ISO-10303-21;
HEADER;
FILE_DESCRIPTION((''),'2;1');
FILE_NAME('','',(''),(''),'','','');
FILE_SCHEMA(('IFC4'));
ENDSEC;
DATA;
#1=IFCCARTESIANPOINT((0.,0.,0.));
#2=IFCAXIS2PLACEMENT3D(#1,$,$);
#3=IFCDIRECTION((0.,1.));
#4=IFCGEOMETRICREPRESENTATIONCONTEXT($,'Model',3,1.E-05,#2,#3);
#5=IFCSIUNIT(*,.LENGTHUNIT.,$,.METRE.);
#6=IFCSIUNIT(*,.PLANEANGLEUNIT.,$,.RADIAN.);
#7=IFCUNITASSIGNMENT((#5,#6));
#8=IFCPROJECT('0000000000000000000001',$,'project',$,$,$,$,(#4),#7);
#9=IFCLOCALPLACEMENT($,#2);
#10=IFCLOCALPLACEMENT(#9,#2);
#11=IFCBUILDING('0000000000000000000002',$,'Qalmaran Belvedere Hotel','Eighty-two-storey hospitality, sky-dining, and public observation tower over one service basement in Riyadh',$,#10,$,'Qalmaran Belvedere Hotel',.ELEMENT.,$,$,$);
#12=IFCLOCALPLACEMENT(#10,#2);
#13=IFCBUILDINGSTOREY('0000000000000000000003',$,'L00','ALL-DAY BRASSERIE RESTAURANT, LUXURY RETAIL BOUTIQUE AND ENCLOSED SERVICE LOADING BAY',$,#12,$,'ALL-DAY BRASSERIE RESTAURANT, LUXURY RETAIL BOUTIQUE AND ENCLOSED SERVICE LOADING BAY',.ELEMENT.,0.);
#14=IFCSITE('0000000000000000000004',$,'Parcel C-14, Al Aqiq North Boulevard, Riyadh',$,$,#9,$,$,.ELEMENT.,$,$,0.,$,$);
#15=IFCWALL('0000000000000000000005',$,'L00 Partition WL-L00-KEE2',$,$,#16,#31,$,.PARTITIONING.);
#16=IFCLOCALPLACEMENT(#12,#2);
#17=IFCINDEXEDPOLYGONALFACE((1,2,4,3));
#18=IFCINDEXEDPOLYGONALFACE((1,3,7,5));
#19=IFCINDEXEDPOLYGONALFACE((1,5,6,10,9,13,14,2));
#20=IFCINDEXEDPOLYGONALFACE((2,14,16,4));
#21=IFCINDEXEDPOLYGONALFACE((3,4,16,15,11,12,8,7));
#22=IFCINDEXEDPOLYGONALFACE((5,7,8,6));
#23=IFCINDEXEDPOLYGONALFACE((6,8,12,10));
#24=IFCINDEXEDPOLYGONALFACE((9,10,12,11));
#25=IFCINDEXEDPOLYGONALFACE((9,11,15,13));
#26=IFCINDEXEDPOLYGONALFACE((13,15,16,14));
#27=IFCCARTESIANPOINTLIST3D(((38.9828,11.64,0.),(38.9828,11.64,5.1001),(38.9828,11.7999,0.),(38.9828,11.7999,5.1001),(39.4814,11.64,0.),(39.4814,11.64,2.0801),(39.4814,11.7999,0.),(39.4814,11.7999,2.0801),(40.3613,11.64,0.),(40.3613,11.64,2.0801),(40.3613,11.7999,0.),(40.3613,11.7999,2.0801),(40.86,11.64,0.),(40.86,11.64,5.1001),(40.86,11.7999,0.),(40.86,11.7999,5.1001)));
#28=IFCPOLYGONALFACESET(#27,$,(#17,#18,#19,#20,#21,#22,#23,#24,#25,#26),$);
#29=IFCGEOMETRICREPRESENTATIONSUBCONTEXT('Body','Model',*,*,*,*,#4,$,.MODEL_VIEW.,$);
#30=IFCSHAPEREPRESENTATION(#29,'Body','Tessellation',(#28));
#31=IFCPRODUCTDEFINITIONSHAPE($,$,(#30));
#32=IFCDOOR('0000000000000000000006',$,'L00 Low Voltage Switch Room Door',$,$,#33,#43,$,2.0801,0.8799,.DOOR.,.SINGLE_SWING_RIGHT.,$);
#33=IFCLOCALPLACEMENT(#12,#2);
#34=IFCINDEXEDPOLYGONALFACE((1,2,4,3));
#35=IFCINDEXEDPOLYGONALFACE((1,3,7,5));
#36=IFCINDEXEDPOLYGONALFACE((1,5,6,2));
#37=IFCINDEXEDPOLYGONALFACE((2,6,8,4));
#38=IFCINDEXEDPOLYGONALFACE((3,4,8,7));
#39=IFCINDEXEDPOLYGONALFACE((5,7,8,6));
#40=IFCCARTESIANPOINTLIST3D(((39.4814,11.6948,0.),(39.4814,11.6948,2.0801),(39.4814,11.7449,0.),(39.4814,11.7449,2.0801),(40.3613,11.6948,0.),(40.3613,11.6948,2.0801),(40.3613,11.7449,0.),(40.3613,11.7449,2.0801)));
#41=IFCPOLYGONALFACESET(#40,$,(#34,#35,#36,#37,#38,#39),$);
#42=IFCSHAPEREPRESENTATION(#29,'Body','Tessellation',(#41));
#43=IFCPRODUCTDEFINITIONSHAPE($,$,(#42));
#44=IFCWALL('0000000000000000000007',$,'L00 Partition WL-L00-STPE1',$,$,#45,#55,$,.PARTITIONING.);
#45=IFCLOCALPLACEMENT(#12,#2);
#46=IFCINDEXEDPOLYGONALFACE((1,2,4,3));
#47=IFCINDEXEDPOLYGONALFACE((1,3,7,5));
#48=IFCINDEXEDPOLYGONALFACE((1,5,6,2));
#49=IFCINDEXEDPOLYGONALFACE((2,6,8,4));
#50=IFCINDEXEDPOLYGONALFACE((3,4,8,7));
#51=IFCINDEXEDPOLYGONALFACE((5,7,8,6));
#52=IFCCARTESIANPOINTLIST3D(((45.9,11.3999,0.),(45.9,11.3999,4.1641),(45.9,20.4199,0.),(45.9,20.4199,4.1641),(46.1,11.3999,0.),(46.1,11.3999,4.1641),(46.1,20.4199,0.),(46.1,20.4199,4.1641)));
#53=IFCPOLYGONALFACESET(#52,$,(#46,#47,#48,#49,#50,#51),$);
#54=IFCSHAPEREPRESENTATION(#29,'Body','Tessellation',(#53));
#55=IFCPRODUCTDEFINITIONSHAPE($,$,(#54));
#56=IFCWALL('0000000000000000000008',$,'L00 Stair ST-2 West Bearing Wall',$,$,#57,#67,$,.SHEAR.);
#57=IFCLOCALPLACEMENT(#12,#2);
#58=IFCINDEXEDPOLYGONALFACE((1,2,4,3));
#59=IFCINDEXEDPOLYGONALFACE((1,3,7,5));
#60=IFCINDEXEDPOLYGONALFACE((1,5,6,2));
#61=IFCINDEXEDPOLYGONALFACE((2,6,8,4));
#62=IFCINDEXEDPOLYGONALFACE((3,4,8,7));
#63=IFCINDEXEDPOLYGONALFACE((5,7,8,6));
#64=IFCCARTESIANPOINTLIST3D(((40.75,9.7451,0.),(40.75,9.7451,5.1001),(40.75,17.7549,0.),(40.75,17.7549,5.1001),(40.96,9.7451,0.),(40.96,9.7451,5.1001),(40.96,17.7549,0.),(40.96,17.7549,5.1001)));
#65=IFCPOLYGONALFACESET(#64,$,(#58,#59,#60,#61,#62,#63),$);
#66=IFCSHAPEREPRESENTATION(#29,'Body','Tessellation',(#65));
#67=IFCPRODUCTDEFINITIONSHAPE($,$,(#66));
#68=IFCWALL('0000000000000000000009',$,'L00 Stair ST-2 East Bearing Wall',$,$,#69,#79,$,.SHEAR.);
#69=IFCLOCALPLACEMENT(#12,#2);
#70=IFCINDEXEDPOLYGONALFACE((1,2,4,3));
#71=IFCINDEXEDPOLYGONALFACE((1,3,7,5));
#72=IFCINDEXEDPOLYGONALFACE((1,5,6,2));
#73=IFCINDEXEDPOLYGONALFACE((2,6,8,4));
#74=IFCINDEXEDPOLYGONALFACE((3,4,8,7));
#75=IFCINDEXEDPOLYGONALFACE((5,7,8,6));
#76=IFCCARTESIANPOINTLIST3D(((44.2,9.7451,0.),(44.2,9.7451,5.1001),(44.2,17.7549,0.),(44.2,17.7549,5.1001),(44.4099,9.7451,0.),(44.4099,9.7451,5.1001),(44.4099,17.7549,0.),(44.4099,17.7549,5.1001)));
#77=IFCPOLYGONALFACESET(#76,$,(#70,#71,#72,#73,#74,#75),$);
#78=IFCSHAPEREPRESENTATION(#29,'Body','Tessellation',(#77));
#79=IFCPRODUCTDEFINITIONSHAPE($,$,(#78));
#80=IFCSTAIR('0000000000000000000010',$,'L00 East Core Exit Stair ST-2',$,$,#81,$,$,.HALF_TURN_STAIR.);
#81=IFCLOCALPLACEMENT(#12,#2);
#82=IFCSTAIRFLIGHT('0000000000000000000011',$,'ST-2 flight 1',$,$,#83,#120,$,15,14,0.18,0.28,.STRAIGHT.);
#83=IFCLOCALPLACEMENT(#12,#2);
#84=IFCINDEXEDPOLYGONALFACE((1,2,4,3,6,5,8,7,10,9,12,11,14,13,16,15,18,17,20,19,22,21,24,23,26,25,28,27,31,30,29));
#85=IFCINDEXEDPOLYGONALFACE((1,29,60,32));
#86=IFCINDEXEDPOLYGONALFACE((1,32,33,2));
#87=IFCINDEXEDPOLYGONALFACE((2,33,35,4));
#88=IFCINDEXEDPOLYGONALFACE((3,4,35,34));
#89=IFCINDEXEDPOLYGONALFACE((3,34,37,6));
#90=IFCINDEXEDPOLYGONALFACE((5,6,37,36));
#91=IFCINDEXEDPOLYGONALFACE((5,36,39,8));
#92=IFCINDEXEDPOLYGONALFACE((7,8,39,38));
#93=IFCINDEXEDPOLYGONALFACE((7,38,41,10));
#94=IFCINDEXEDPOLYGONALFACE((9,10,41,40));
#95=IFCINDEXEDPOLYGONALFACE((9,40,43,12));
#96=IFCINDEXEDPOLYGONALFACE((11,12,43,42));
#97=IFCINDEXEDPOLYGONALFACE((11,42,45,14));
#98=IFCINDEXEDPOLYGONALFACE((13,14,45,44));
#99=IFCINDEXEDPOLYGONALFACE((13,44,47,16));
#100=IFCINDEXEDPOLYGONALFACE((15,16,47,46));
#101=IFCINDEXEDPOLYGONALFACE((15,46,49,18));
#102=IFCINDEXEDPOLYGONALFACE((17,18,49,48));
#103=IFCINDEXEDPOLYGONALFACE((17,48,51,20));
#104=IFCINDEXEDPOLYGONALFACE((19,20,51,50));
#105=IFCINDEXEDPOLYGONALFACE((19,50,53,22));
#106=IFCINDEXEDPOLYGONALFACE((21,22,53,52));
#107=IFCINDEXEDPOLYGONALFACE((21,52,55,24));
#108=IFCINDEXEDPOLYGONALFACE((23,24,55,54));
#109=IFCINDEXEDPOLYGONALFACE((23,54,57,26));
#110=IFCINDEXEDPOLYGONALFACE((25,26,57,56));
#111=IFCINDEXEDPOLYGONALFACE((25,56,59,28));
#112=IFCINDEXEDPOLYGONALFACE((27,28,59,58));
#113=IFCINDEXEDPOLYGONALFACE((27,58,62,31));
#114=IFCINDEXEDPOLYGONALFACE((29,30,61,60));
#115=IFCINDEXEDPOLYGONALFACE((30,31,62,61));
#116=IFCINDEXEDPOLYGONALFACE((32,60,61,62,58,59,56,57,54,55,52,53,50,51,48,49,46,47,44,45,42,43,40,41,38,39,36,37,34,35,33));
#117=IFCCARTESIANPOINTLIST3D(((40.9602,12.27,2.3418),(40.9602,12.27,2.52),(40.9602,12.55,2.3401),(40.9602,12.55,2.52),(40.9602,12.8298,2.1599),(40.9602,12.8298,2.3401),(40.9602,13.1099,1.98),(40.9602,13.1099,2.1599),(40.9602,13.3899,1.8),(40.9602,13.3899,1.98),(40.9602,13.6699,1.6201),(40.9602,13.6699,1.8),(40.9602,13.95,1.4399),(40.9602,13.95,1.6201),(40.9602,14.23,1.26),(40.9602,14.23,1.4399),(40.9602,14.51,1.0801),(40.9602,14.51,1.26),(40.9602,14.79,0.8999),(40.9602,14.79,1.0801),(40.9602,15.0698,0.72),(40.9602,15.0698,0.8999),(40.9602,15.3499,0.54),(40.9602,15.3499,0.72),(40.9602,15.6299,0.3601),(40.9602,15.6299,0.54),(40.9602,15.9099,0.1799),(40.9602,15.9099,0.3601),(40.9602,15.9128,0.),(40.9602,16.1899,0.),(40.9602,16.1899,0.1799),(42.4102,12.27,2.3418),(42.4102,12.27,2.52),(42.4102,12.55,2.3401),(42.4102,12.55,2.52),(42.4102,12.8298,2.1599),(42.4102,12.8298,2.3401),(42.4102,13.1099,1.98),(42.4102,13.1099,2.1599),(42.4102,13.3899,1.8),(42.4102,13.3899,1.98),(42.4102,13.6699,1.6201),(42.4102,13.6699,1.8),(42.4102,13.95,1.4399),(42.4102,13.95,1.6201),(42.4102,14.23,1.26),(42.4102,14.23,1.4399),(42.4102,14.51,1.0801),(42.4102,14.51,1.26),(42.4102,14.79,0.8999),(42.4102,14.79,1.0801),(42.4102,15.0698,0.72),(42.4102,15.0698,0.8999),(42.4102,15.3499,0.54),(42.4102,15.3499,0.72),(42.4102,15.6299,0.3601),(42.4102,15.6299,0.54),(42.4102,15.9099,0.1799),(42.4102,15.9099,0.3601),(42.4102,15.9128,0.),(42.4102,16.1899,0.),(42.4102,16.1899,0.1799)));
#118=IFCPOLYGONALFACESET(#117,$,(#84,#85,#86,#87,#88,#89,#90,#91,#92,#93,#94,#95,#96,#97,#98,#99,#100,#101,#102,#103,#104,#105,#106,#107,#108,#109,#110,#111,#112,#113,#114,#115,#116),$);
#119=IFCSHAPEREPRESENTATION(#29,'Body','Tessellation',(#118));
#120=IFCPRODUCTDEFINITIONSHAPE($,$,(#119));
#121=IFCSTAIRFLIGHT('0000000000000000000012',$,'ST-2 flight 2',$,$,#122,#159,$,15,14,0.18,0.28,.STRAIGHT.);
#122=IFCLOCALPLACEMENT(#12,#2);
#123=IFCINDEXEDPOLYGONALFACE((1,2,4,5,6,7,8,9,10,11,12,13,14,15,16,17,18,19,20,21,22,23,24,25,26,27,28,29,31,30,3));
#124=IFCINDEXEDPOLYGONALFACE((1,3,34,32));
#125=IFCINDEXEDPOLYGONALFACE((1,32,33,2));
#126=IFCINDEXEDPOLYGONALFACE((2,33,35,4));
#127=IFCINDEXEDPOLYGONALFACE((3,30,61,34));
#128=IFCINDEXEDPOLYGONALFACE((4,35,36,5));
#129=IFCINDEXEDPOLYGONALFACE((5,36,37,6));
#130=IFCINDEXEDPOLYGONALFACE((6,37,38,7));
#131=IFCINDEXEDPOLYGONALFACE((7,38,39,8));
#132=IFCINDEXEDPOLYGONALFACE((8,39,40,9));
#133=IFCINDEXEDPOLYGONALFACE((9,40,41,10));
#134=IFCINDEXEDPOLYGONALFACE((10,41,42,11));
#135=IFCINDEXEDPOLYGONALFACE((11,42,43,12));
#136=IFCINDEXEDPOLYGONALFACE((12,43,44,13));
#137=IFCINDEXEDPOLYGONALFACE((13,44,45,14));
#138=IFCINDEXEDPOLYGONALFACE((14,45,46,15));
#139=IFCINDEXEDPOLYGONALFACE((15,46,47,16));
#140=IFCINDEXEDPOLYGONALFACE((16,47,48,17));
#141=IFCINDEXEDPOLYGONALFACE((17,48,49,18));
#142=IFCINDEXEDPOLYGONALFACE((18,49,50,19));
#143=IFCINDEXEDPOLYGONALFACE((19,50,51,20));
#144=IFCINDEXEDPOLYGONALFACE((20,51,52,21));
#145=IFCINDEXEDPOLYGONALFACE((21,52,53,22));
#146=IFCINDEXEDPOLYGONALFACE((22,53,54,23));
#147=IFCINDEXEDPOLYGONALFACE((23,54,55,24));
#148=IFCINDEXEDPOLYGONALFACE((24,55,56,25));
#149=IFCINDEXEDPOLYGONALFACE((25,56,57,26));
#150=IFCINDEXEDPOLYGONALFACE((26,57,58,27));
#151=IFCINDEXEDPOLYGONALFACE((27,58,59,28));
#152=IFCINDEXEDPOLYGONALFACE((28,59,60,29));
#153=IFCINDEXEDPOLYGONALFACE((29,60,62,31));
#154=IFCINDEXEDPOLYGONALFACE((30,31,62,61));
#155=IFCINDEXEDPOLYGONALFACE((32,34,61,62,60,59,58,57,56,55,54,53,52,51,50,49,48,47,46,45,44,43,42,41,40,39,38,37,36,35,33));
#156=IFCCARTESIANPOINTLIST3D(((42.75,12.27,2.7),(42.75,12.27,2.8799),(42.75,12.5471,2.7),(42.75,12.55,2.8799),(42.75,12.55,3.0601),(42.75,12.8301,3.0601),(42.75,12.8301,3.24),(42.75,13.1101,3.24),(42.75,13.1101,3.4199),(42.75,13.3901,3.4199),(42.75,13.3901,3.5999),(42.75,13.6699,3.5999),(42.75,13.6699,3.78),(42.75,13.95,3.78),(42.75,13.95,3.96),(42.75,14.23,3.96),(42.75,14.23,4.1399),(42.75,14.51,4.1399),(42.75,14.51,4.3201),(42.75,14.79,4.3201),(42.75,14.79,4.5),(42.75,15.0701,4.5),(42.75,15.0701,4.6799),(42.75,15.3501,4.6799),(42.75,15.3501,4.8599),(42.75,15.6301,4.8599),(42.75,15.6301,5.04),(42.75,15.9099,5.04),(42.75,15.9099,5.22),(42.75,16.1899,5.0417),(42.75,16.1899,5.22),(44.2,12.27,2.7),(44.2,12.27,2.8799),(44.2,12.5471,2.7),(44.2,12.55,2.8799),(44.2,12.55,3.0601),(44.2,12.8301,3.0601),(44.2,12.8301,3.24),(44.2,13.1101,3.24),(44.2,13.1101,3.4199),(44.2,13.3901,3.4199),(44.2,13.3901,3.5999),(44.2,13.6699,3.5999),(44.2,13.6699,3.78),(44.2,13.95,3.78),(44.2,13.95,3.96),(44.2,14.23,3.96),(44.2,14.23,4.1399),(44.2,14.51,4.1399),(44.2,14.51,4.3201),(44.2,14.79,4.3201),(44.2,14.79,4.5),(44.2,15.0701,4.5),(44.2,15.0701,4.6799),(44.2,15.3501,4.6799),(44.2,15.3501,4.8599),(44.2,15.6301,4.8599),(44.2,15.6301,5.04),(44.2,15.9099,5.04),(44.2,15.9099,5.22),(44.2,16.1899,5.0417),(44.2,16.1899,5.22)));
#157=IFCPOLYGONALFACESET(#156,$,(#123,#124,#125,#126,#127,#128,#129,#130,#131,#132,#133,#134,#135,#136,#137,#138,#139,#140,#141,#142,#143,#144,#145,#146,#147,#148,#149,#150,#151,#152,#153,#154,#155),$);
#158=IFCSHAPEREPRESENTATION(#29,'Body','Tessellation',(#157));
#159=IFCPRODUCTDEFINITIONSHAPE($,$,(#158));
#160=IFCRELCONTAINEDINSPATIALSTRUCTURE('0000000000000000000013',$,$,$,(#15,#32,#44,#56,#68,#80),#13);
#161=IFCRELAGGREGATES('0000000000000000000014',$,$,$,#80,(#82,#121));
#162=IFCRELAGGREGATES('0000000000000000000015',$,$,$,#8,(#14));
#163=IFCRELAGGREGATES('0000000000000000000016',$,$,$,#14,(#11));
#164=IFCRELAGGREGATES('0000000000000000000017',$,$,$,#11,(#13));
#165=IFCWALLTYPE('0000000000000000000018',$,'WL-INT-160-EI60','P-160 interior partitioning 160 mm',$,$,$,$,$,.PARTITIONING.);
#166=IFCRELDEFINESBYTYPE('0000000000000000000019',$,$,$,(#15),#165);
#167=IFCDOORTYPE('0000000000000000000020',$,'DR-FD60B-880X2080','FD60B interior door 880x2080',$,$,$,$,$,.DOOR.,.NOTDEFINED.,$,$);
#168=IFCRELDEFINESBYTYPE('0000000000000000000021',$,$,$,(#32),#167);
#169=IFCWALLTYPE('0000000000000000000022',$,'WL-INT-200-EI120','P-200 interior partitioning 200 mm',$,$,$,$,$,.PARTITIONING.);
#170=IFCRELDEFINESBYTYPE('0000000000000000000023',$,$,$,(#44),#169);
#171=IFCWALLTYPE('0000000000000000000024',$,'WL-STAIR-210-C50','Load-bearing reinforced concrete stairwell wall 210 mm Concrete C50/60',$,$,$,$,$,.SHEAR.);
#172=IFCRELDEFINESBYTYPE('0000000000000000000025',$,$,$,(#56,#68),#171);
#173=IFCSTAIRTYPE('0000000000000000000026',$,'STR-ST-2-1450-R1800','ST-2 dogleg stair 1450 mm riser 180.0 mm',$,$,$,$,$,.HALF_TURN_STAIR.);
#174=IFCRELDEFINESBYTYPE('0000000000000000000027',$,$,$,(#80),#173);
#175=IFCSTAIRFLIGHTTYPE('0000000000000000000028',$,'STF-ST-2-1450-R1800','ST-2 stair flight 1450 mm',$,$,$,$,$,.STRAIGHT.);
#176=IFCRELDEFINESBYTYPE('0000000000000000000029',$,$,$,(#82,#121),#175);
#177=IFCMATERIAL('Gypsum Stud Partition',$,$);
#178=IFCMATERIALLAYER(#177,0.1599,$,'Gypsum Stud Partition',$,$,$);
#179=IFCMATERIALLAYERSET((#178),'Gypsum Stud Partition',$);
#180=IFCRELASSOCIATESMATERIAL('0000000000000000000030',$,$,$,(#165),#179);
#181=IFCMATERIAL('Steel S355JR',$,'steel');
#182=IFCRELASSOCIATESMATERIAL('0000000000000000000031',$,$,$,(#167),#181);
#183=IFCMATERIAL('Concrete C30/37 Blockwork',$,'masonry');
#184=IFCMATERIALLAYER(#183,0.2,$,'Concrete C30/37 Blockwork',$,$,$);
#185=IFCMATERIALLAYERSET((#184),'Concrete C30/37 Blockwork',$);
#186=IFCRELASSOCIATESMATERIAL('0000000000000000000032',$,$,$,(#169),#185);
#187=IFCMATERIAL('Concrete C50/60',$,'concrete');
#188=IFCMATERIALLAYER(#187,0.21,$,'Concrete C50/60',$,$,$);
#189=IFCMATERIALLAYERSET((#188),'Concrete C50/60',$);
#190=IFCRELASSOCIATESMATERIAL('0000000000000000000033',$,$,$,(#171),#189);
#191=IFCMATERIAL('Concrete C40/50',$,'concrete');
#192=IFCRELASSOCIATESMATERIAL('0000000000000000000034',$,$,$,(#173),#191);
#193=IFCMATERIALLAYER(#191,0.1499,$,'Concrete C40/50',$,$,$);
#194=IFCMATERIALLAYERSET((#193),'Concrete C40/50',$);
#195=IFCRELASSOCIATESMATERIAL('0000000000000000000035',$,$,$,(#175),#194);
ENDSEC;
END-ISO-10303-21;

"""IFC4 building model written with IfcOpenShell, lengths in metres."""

from ifc_helpers import new_model, si_unit, direction, frame, frame_2d, origin, place, context, subcontext, project, spatial, polyline, rectangle, outline, extrude, material, layer, layer_set, type_object, element, fill, aggregate, save


model = new_model("IFC4")

# Units and contexts
model_context = context("Model", 3, precision=1e-05, world=origin(), true_north=direction((0.0, 1.0)))
body_context = subcontext(model_context, "Body", "Model", "MODEL_VIEW")
ifc_project = project(units=[si_unit("LENGTHUNIT", "METRE"), si_unit("PLANEANGLEUNIT", "RADIAN")], contexts=[model_context])

# Site, building, storey
site_placement = place(None, origin())
site = spatial("IfcSite", under=ifc_project, at=site_placement, Name="Parcel C-14, Al Aqiq North Boulevard, Riyadh", CompositionType="ELEMENT", RefElevation=0.0)
building_placement = place(site_placement, origin())
building = spatial("IfcBuilding", under=site, at=building_placement, Name="Qalmaran Belvedere Hotel", Description="Eighty-two-storey hospitality, sky-dining, and public observation tower over one service basement in Riyadh", LongName="Qalmaran Belvedere Hotel", CompositionType="ELEMENT")
storey_placement = place(building_placement, origin())
storey = spatial("IfcBuildingStorey", under=building, at=storey_placement, Name="L00", Description="ALL-DAY BRASSERIE RESTAURANT, LUXURY RETAIL BOUTIQUE AND ENCLOSED SERVICE LOADING BAY", LongName="ALL-DAY BRASSERIE RESTAURANT, LUXURY RETAIL BOUTIQUE AND ENCLOSED SERVICE LOADING BAY", CompositionType="ELEMENT", Elevation=0.0)

# Shared definitions
ifc_material_1 = material(Name="Gypsum Stud Partition")

# Wall, opening, door
ifc_layer_1 = layer(ifc_material_1, 0.1599, Name="Gypsum Stud Partition")
ifc_layer_set_1 = layer_set([ifc_layer_1], Name="Gypsum Stud Partition")
wall_type_1 = type_object("IfcWallType", Name="WL-INT-160-EI60", Description="P-160 interior partitioning 160 mm", PredefinedType="PARTITIONING", material=ifc_layer_set_1)
wall_1_placement = place(storey_placement, frame((38.9829, 11.72, 0.0), z_axis=(0.0, 0.0, 1.0), x_axis=(1.0, 0.0, 0.0)))
wall_1 = element("IfcWall", 1, at=wall_1_placement, inside=storey, type_object=wall_type_1, Name="L00 Partition WL-L00-KEE2", PredefinedType="PARTITIONING", context=body_context, shape_type="SweptSolid", body=[
    extrude(rectangle(XDim=1.8772, YDim=0.1599, at=frame_2d((0.9385, 0.0))), origin(), (0.0, 0.0, 1.0), 5.1001),
])
opening_1_placement = place(wall_1_placement, frame((0.4985, 0.0, 0.0)))
opening_1 = element("IfcOpeningElement", 2, at=opening_1_placement, cuts=wall_1, PredefinedType="OPENING", context=body_context, shape_type="SweptSolid", body=[
    extrude(rectangle(XDim=0.8799, YDim=2.0801, at=frame_2d((0.4399, 1.04))), frame((0.0, 0.0898, 0.0), z_axis=(0.0, -1.0, 0.0), x_axis=(1.0, 0.0, 0.0)), (0.0, 0.0, 1.0), 0.1799),
])
ifc_material_2 = material(Name="Steel S355JR", Category="steel")
door_type_1 = type_object("IfcDoorType", Name="DR-FD60B-880X2080", Description="FD60B interior door 880x2080", OperationType="NOTDEFINED", PredefinedType="DOOR", material=ifc_material_2)
door_1_placement = place(opening_1_placement, origin())
door_1 = element("IfcDoor", 3, at=door_1_placement, inside=storey, type_object=door_type_1, Name="L00 Low Voltage Switch Room Door", OperationType="SINGLE_SWING_RIGHT", OverallHeight=2.0801, OverallWidth=0.8799, PredefinedType="DOOR", context=body_context, shape_type="SweptSolid", body=[
    extrude(rectangle(XDim=0.8799, YDim=2.0801, at=frame_2d((0.4399, 1.04))), frame((0.0, 0.0249, 0.0), z_axis=(0.0, -1.0, 0.0), x_axis=(1.0, 0.0, 0.0)), (0.0, 0.0, 1.0), 0.05),
])
fill(opening_1, door_1)

# Walls
ifc_material_3 = material(Name="Concrete C30/37 Blockwork", Category="masonry")
ifc_layer_2 = layer(ifc_material_3, 0.2, Name="Concrete C30/37 Blockwork")
ifc_layer_set_2 = layer_set([ifc_layer_2], Name="Concrete C30/37 Blockwork")
wall_type_2 = type_object("IfcWallType", Name="WL-INT-200-EI120", Description="P-200 interior partitioning 200 mm", PredefinedType="PARTITIONING", material=ifc_layer_set_2)
wall_2_placement = place(storey_placement, frame((46.0, 11.3999, 0.0), z_axis=(0.0, 0.0, 1.0), x_axis=(0.0, 1.0, 0.0)))
element("IfcWall", 4, at=wall_2_placement, inside=storey, type_object=wall_type_2, Name="L00 Partition WL-L00-STPE1", PredefinedType="PARTITIONING", context=body_context, shape_type="SweptSolid", body=[
    extrude(rectangle(XDim=9.02, YDim=0.2, at=frame_2d((4.51, 0.0))), origin(), (0.0, 0.0, 1.0), 4.1641),
])
ifc_material_4 = material(Name="Concrete C50/60", Category="concrete")
ifc_layer_3 = layer(ifc_material_4, 0.21, Name="Concrete C50/60")
ifc_layer_set_3 = layer_set([ifc_layer_3], Name="Concrete C50/60")
wall_type_3 = type_object("IfcWallType", Name="WL-STAIR-210-C50", Description="Load-bearing reinforced concrete stairwell wall 210 mm Concrete C50/60", PredefinedType="SHEAR", material=ifc_layer_set_3)
for number, where, z_axis, x_axis, name in (
    (5, (40.855, 9.7451, 0.0), (0.0, 0.0, 1.0), (0.0, 1.0, 0.0), "L00 Stair ST-2 West Bearing Wall"),
    (6, (44.3049, 9.7451, 0.0), (0.0, 0.0, 1.0), (0.0, 1.0, 0.0), "L00 Stair ST-2 East Bearing Wall"),
):
    element("IfcWall", number, at=place(storey_placement, frame(where, z_axis=z_axis, x_axis=x_axis)), inside=storey, type_object=wall_type_3, Name=name, PredefinedType="SHEAR", context=body_context, shape_type="SweptSolid", body=[
        extrude(rectangle(XDim=8.0098, YDim=0.21, at=frame_2d((4.0049, 0.0))), origin(), (0.0, 0.0, 1.0), 5.1001),
    ])

# Stair, stair flights
ifc_material_5 = material(Name="Concrete C40/50", Category="concrete")
stair_type = type_object("IfcStairType", Name="STR-ST-2-1450-R1800", Description="ST-2 dogleg stair 1450 mm riser 180.0 mm", PredefinedType="HALF_TURN_STAIR", material=ifc_material_5)
stair_placement = place(storey_placement, origin())
stair = element("IfcStair", 7, at=stair_placement, inside=storey, type_object=stair_type, Name="L00 East Core Exit Stair ST-2", PredefinedType="HALF_TURN_STAIR")
ifc_layer_4 = layer(ifc_material_5, 0.1499, Name="Concrete C40/50")
ifc_layer_set_4 = layer_set([ifc_layer_4], Name="Concrete C40/50")
stair_flight_type = type_object("IfcStairFlightType", Name="STF-ST-2-1450-R1800", Description="ST-2 stair flight 1450 mm", PredefinedType="STRAIGHT", material=ifc_layer_set_4)
stair_flight_1_placement = place(storey_placement, frame((41.6851, 16.1899, 0.0), z_axis=(0.0, 0.0, 1.0), x_axis=(0.0, -1.0, 0.0)))
stair_flight_1 = element("IfcStairFlight", 8, at=stair_flight_1_placement, type_object=stair_flight_type, Name="ST-2 flight 1", NumberOfRisers=15, NumberOfTreads=14, PredefinedType="STRAIGHT", RiserHeight=0.18, TreadLength=0.28, context=body_context, shape_type="SweptSolid", body=[
    extrude(outline(polyline([(0.0, 0.0), (0.0, 0.1799), (0.28, 0.1799), (0.28, 0.3601), (0.5601, 0.3601), (0.5601, 0.54), (0.8401, 0.54), (0.8401, 0.72), (1.1201, 0.72), (1.1201, 0.8999), (1.3999, 0.8999), (1.3999, 1.0801), (1.6799, 1.0801), (1.6799, 1.26), (1.96, 1.26), (1.96, 1.4399), (2.24, 1.4399), (2.24, 1.6201), (2.52, 1.6201), (2.52, 1.8), (2.8, 1.8), (2.8, 1.98), (3.0801, 1.98), (3.0801, 2.1599), (3.3601, 2.1599), (3.3601, 2.3401), (3.6399, 2.3401), (3.6399, 2.52), (3.9199, 2.52), (3.9199, 2.7), (3.9199, 2.3418), (0.2771, 0.0), (0.0, 0.0)])), frame((0.0, 0.7251, 0.0), z_axis=(0.0, -1.0, 0.0), x_axis=(1.0, 0.0, 0.0)), (0.0, 0.0, 1.0), 1.45),
])
stair_flight_2_placement = place(storey_placement, frame((43.4751, 12.27, 2.7), z_axis=(0.0, 0.0, 1.0), x_axis=(0.0, 1.0, 0.0)))
stair_flight_2 = element("IfcStairFlight", 9, at=stair_flight_2_placement, type_object=stair_flight_type, Name="ST-2 flight 2", NumberOfRisers=15, NumberOfTreads=14, PredefinedType="STRAIGHT", RiserHeight=0.18, TreadLength=0.28, context=body_context, shape_type="SweptSolid", body=[
    extrude(outline(polyline([(0.0, 0.0), (0.0, 0.1799), (0.28, 0.1799), (0.28, 0.3601), (0.5601, 0.3601), (0.5601, 0.54), (0.8401, 0.54), (0.8401, 0.72), (1.1201, 0.72), (1.1201, 0.8999), (1.3999, 0.8999), (1.3999, 1.0801), (1.6799, 1.0801), (1.6799, 1.26), (1.96, 1.26), (1.96, 1.4399), (2.24, 1.4399), (2.24, 1.6201), (2.52, 1.6201), (2.52, 1.8), (2.8, 1.8), (2.8, 1.98), (3.0801, 1.98), (3.0801, 2.1599), (3.3601, 2.1599), (3.3601, 2.3401), (3.6399, 2.3401), (3.6399, 2.52), (3.9199, 2.52), (3.9199, 2.7), (3.9199, 2.3418), (0.2771, 0.0), (0.0, 0.0)])), frame((0.0, 0.7251, 0.0), z_axis=(0.0, -1.0, 0.0), x_axis=(1.0, 0.0, 0.0)), (0.0, 0.0, 1.0), 1.45),
])
aggregate(stair, [stair_flight_1, stair_flight_2])

save(model, "model.ifc")
